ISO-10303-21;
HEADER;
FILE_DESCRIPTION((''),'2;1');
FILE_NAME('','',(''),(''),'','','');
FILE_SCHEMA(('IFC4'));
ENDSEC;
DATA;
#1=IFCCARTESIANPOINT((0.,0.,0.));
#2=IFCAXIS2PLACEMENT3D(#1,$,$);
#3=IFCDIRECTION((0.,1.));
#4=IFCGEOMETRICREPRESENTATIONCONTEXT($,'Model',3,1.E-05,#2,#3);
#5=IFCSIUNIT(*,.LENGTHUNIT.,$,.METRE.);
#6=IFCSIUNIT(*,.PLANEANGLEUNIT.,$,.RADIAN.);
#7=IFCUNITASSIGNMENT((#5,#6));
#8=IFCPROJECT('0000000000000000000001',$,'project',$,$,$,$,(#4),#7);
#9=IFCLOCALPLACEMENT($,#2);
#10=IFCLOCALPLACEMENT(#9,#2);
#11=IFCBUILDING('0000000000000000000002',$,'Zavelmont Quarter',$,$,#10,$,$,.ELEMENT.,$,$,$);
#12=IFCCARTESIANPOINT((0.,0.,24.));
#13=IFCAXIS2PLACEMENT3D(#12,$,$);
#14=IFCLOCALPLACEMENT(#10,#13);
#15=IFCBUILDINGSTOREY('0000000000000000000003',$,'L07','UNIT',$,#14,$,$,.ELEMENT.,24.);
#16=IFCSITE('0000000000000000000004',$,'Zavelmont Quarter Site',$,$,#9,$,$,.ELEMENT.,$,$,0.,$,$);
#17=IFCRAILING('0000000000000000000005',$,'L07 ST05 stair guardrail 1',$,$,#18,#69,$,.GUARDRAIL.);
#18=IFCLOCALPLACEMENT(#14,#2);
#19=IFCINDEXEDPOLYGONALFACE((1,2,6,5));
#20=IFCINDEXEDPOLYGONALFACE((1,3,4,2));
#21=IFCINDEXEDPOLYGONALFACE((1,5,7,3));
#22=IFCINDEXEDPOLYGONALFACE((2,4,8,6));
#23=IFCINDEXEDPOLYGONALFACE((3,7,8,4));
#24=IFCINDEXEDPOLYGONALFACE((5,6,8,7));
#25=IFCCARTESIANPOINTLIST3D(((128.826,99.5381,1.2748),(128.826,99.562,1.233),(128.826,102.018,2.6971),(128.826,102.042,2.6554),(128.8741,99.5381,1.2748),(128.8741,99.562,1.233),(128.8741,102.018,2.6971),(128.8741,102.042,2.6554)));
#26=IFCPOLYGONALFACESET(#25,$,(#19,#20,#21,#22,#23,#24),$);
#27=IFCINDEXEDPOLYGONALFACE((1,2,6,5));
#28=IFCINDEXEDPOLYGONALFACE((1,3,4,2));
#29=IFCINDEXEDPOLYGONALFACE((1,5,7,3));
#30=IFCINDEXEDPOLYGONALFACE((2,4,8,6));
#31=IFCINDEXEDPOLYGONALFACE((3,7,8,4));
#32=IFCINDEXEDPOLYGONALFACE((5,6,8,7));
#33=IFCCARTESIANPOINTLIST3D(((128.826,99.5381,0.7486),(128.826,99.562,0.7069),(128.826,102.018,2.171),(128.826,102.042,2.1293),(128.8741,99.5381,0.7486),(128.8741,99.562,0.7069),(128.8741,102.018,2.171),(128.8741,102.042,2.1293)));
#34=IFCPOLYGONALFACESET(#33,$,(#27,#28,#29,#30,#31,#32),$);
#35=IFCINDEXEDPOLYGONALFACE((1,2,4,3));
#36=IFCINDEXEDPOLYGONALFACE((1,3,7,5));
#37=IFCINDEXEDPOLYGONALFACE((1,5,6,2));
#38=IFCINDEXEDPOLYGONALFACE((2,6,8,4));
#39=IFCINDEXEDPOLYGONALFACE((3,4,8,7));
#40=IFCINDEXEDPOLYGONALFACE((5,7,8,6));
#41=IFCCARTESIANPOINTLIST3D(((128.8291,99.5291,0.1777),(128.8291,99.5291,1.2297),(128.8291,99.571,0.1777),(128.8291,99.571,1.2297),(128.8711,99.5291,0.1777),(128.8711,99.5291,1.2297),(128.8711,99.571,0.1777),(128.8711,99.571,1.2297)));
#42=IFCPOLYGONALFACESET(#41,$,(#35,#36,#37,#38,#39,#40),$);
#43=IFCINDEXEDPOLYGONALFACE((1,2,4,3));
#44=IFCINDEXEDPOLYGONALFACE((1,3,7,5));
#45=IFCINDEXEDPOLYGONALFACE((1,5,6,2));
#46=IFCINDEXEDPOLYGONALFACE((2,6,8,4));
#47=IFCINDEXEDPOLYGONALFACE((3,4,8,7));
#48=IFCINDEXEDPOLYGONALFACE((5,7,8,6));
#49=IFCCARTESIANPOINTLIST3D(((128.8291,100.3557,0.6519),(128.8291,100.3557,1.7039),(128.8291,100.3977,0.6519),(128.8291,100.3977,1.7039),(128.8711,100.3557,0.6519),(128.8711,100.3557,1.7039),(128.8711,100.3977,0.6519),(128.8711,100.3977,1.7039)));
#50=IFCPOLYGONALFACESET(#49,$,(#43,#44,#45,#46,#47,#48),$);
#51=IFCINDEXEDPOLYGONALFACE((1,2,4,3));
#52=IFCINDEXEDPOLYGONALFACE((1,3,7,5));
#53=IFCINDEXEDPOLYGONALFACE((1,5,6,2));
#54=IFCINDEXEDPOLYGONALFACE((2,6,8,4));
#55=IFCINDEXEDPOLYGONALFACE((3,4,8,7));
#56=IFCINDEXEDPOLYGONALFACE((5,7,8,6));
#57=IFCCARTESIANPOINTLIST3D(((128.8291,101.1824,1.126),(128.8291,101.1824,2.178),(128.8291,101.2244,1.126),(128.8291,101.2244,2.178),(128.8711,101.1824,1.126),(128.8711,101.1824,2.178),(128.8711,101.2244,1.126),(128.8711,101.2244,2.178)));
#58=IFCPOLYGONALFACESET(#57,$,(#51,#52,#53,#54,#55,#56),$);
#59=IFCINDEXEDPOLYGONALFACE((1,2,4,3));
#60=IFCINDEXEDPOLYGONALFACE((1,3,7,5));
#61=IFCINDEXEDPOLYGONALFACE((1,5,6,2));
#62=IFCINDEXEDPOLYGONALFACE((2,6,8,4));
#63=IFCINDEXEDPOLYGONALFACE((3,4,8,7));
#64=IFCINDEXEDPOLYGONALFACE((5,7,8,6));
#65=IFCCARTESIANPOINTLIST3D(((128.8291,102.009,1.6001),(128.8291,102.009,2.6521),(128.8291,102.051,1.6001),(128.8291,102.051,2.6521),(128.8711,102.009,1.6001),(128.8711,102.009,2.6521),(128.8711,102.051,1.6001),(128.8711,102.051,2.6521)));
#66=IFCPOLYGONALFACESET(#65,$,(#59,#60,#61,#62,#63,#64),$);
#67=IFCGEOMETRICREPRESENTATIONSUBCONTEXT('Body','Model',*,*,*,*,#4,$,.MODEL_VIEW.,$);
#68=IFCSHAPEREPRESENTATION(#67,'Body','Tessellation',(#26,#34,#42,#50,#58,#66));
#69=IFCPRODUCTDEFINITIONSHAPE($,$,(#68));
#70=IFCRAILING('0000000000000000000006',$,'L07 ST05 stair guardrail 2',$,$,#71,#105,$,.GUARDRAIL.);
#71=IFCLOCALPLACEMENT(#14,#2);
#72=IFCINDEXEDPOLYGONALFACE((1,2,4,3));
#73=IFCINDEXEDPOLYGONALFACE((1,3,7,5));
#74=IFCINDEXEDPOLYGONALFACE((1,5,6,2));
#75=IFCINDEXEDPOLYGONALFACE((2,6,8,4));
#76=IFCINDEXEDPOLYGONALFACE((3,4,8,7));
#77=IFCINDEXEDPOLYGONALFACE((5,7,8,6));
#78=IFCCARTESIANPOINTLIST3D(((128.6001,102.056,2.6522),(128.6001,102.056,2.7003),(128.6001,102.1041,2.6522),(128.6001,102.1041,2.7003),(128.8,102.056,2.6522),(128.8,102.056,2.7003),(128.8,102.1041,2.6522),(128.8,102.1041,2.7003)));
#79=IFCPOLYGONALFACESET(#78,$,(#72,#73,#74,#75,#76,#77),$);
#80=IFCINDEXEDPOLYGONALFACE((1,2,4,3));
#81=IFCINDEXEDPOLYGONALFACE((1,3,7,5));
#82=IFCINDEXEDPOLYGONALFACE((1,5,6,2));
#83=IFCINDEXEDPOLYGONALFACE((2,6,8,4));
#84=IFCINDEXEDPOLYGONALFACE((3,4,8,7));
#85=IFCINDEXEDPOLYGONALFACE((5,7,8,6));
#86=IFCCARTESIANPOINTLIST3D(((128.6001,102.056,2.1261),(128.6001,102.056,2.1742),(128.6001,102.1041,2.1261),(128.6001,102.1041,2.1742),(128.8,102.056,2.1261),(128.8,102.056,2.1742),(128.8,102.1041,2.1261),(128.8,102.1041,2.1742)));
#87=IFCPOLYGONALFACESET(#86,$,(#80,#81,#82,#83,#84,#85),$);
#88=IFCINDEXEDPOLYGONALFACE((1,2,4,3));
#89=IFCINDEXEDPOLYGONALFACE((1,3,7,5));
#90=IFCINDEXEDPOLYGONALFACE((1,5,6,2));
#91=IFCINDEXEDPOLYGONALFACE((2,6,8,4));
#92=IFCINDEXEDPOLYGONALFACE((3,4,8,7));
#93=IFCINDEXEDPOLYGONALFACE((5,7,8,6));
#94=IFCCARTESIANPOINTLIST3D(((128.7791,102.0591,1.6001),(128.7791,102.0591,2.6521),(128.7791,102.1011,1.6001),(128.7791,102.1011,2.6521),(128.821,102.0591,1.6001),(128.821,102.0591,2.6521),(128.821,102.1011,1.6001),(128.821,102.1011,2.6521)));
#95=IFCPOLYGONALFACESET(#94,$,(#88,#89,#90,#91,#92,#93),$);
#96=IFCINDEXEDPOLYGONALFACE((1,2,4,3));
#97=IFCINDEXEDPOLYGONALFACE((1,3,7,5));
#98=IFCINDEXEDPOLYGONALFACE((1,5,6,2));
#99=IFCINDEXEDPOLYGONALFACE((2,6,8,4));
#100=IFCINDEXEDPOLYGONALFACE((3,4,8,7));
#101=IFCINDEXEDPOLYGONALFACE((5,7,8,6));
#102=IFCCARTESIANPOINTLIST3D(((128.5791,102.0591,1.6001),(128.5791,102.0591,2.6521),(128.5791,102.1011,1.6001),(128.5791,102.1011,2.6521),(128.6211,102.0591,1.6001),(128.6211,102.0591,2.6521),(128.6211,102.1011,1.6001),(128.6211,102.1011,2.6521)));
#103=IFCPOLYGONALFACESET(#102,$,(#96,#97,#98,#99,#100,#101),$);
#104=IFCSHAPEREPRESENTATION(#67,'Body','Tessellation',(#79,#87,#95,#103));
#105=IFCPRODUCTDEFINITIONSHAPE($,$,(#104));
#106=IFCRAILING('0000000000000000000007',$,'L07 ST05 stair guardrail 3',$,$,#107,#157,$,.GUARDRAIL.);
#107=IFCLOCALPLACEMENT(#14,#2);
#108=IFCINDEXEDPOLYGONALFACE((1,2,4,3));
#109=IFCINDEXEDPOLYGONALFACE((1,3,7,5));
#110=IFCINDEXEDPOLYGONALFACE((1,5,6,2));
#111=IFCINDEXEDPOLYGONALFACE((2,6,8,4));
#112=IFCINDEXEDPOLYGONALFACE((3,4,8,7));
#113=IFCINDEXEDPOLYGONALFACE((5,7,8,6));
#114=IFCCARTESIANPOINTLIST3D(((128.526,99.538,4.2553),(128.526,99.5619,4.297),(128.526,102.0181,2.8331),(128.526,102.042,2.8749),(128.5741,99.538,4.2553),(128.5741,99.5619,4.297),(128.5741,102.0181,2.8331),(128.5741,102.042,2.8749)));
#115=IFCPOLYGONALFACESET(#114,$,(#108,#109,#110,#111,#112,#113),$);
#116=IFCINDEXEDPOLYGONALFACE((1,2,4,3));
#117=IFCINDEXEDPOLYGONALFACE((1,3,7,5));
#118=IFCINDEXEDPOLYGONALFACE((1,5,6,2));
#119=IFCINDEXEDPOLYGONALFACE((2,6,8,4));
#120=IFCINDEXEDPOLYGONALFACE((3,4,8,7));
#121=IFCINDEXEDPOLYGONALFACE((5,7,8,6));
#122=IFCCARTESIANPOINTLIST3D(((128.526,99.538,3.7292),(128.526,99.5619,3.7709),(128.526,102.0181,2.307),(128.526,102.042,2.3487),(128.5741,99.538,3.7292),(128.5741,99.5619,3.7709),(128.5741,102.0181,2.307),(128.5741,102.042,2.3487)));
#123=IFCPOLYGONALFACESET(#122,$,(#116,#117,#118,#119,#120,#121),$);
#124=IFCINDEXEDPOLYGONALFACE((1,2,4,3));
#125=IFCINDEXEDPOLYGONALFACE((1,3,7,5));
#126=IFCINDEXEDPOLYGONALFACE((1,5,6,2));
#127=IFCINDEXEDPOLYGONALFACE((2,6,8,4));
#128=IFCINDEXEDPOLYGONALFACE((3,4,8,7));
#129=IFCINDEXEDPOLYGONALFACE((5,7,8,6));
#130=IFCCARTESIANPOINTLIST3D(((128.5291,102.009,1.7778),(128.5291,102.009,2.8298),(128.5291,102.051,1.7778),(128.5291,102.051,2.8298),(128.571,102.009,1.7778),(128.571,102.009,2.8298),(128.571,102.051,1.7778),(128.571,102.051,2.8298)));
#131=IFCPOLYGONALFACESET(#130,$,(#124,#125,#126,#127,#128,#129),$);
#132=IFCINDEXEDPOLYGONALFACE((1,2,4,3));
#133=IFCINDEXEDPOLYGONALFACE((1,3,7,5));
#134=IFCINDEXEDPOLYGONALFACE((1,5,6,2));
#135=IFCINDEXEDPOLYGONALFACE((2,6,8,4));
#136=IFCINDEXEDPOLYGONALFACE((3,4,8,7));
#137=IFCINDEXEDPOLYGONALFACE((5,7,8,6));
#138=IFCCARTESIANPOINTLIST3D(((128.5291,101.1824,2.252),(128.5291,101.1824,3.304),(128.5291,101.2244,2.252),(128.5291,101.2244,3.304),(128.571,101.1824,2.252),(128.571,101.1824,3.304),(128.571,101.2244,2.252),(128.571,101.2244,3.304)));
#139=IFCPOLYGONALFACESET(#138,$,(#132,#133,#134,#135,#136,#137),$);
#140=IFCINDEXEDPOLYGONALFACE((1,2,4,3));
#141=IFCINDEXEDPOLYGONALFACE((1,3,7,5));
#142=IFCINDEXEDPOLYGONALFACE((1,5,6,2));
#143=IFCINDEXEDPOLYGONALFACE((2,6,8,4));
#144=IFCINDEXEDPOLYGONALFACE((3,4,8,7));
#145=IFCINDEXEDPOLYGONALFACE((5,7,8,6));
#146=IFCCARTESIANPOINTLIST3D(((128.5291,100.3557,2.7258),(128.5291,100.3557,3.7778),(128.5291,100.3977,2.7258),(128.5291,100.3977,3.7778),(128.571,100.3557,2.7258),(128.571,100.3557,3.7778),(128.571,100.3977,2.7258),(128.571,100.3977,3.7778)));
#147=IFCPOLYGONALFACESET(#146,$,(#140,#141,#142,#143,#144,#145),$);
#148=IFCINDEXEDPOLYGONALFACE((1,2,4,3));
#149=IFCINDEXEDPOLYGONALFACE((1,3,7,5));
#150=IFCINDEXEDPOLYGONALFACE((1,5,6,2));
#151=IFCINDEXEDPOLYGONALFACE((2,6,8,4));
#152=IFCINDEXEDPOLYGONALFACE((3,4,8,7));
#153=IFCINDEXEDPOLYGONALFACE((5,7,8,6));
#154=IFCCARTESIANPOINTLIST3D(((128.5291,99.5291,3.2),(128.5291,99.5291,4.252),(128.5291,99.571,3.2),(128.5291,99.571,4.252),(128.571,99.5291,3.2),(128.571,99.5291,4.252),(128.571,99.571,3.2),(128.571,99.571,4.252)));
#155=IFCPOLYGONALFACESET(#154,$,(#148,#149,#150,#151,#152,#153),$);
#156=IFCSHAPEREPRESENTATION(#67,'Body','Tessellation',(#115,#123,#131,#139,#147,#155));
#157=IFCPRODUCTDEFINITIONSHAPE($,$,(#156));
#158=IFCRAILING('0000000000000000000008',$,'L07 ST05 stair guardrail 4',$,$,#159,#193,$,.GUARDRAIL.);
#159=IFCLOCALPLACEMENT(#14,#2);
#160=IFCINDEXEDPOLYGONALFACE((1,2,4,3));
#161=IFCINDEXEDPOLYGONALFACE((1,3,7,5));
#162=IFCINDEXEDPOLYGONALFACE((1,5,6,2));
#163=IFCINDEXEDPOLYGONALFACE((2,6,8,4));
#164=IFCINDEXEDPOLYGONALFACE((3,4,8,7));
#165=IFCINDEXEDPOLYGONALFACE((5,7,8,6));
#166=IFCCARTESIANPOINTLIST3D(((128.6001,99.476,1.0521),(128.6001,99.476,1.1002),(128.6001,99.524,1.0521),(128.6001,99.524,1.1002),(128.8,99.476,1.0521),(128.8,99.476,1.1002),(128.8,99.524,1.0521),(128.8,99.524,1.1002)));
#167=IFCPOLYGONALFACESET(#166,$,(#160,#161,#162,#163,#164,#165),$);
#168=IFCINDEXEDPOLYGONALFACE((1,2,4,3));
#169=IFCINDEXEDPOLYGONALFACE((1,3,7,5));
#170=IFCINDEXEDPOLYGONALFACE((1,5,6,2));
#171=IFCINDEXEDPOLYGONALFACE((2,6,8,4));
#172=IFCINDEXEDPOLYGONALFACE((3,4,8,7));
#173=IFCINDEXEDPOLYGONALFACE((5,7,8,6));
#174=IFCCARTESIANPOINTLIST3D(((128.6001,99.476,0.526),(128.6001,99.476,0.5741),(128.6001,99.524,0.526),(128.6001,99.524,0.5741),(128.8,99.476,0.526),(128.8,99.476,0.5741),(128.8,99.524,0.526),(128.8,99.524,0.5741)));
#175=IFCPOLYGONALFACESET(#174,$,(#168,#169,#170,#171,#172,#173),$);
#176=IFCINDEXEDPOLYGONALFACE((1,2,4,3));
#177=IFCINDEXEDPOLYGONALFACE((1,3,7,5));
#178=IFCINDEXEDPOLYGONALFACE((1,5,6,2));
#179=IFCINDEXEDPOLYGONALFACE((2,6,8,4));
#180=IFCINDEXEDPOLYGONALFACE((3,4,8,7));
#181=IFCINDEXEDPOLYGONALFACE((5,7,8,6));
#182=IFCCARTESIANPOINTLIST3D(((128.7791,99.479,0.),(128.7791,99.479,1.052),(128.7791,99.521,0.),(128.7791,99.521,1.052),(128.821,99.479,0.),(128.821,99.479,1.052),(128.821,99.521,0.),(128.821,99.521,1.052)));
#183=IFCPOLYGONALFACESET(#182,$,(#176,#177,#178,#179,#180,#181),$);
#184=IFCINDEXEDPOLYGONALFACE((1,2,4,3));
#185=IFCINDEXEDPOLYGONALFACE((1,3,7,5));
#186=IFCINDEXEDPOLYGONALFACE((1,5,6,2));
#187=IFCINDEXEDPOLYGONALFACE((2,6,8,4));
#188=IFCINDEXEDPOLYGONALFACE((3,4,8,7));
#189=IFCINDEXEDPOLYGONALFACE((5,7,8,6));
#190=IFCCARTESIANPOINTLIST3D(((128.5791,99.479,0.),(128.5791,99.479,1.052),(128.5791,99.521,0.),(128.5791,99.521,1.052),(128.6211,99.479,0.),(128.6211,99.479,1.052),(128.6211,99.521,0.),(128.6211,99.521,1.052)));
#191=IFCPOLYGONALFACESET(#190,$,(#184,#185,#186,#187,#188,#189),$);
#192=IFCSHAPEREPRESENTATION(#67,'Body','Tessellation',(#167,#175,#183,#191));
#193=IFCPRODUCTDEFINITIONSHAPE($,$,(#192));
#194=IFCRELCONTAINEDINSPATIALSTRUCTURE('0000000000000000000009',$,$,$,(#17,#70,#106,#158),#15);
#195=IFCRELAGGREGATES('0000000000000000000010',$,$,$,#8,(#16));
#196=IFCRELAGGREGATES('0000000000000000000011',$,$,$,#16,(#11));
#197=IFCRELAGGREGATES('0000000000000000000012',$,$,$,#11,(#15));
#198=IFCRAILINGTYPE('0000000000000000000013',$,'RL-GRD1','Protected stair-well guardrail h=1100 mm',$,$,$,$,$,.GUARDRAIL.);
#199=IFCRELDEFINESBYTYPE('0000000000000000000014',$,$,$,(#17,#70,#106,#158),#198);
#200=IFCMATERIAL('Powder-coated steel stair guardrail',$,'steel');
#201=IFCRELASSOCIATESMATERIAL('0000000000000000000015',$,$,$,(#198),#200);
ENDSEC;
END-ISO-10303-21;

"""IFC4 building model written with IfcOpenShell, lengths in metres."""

from ifc_helpers import new_model, si_unit, direction, frame, origin, origin_2d, place, context, subcontext, project, spatial, rectangle, extrude, material, type_object, element, save


model = new_model("IFC4")

# Units and contexts
model_context = context("Model", 3, precision=1e-05, world=origin(), true_north=direction((0.0, 1.0)))
body_context = subcontext(model_context, "Body", "Model", "MODEL_VIEW")
ifc_project = project(units=[si_unit("LENGTHUNIT", "METRE"), si_unit("PLANEANGLEUNIT", "RADIAN")], contexts=[model_context])

# Site, building, storey
site_placement = place(None, origin())
site = spatial("IfcSite", under=ifc_project, at=site_placement, Name="Zavelmont Quarter Site", CompositionType="ELEMENT", RefElevation=0.0)
building_placement = place(site_placement, origin())
building = spatial("IfcBuilding", under=site, at=building_placement, Name="Zavelmont Quarter", CompositionType="ELEMENT")
storey_placement = place(building_placement, frame((0.0, 0.0, 24.0)))
storey = spatial("IfcBuildingStorey", under=building, at=storey_placement, Name="L07", Description="UNIT", CompositionType="ELEMENT", Elevation=24.0)

# Railings
ifc_material_1 = material(Name="Powder-coated steel stair guardrail", Category="steel")
railing_type_1 = type_object("IfcRailingType", Name="RL-GRD1", Description="Protected stair-well guardrail h=1100 mm", PredefinedType="GUARDRAIL", material=ifc_material_1)
railing_1_placement = place(storey_placement, frame((128.8501, 99.55, 0.1777)))
element("IfcRailing", 1, at=railing_1_placement, inside=storey, type_object=railing_type_1, Name="L07 ST05 stair guardrail 1", PredefinedType="GUARDRAIL", context=body_context, shape_type="SweptSolid", body=[
    extrude(rectangle(XDim=0.0481, YDim=0.0481, at=origin_2d()), frame((0.0, 0.0, 1.0762), z_axis=(0.0, 0.867454, 0.497518), x_axis=(-1.0, 0.0, 0.0)), (0.0, 0.0, 1.0), 2.8589),
    extrude(rectangle(XDim=0.0481, YDim=0.0481, at=origin_2d()), frame((0.0, 0.0, 0.55), z_axis=(0.0, 0.867454, 0.497518), x_axis=(-1.0, 0.0, 0.0)), (0.0, 0.0, 1.0), 2.8589),
    extrude(rectangle(XDim=0.042, YDim=0.042, at=origin_2d()), origin(), (0.0, 0.0, 1.0), 1.052),
    extrude(rectangle(XDim=0.042, YDim=0.042, at=origin_2d()), frame((0.0, 0.8267, 0.4741)), (0.0, 0.0, 1.0), 1.052),
    extrude(rectangle(XDim=0.042, YDim=0.042, at=origin_2d()), frame((0.0, 1.6533, 0.9482)), (0.0, 0.0, 1.0), 1.052),
    extrude(rectangle(XDim=0.042, YDim=0.042, at=origin_2d()), frame((0.0, 2.48, 1.4224)), (0.0, 0.0, 1.0), 1.052),
])
railing_2_placement = place(storey_placement, frame((128.8, 102.0801, 1.6001)))
element("IfcRailing", 2, at=railing_2_placement, inside=storey, type_object=railing_type_1, Name="L07 ST05 stair guardrail 2", PredefinedType="GUARDRAIL", context=body_context, shape_type="SweptSolid", body=[
    extrude(rectangle(XDim=0.0481, YDim=0.0481, at=origin_2d()), frame((0.0, 0.0, 1.0762), z_axis=(-1.0, 0.0, 0.0), x_axis=(0.0, -1.0, 0.0)), (0.0, 0.0, 1.0), 0.2),
    extrude(rectangle(XDim=0.0481, YDim=0.0481, at=origin_2d()), frame((0.0, 0.0, 0.55), z_axis=(-1.0, 0.0, 0.0), x_axis=(0.0, -1.0, 0.0)), (0.0, 0.0, 1.0), 0.2),
    extrude(rectangle(XDim=0.042, YDim=0.042, at=origin_2d()), origin(), (0.0, 0.0, 1.0), 1.052),
    extrude(rectangle(XDim=0.042, YDim=0.042, at=origin_2d()), frame((-0.2, 0.0, 0.0)), (0.0, 0.0, 1.0), 1.052),
])
railing_3_placement = place(storey_placement, frame((128.55, 102.03, 1.7778)))
element("IfcRailing", 3, at=railing_3_placement, inside=storey, type_object=railing_type_1, Name="L07 ST05 stair guardrail 3", PredefinedType="GUARDRAIL", context=body_context, shape_type="SweptSolid", body=[
    extrude(rectangle(XDim=0.0481, YDim=0.0481, at=origin_2d()), frame((0.0, 0.0, 1.0762), z_axis=(0.0, -0.867491, 0.497454), x_axis=(1.0, 0.0, 0.0)), (0.0, 0.0, 1.0), 2.8589),
    extrude(rectangle(XDim=0.0481, YDim=0.0481, at=origin_2d()), frame((0.0, 0.0, 0.55), z_axis=(0.0, -0.867491, 0.497454), x_axis=(1.0, 0.0, 0.0)), (0.0, 0.0, 1.0), 2.8589),
    extrude(rectangle(XDim=0.042, YDim=0.042, at=origin_2d()), origin(), (0.0, 0.0, 1.0), 1.052),
    extrude(rectangle(XDim=0.042, YDim=0.042, at=origin_2d()), frame((0.0, -0.8267, 0.4741)), (0.0, 0.0, 1.0), 1.052),
    extrude(rectangle(XDim=0.042, YDim=0.042, at=origin_2d()), frame((0.0, -1.6533, 0.948)), (0.0, 0.0, 1.0), 1.052),
    extrude(rectangle(XDim=0.042, YDim=0.042, at=origin_2d()), frame((0.0, -2.48, 1.4221)), (0.0, 0.0, 1.0), 1.052),
])
railing_4_placement = place(storey_placement, frame((128.8, 99.5, 0.0)))
element("IfcRailing", 4, at=railing_4_placement, inside=storey, type_object=railing_type_1, Name="L07 ST05 stair guardrail 4", PredefinedType="GUARDRAIL", context=body_context, shape_type="SweptSolid", body=[
    extrude(rectangle(XDim=0.0481, YDim=0.0481, at=origin_2d()), frame((0.0, 0.0, 1.0762), z_axis=(-1.0, 0.0, 0.0), x_axis=(0.0, -1.0, 0.0)), (0.0, 0.0, 1.0), 0.2),
    extrude(rectangle(XDim=0.0481, YDim=0.0481, at=origin_2d()), frame((0.0, 0.0, 0.55), z_axis=(-1.0, 0.0, 0.0), x_axis=(0.0, -1.0, 0.0)), (0.0, 0.0, 1.0), 0.2),
    extrude(rectangle(XDim=0.042, YDim=0.042, at=origin_2d()), origin(), (0.0, 0.0, 1.0), 1.052),
    extrude(rectangle(XDim=0.042, YDim=0.042, at=origin_2d()), frame((-0.2, 0.0, 0.0)), (0.0, 0.0, 1.0), 1.052),
])

save(model, "model.ifc")
